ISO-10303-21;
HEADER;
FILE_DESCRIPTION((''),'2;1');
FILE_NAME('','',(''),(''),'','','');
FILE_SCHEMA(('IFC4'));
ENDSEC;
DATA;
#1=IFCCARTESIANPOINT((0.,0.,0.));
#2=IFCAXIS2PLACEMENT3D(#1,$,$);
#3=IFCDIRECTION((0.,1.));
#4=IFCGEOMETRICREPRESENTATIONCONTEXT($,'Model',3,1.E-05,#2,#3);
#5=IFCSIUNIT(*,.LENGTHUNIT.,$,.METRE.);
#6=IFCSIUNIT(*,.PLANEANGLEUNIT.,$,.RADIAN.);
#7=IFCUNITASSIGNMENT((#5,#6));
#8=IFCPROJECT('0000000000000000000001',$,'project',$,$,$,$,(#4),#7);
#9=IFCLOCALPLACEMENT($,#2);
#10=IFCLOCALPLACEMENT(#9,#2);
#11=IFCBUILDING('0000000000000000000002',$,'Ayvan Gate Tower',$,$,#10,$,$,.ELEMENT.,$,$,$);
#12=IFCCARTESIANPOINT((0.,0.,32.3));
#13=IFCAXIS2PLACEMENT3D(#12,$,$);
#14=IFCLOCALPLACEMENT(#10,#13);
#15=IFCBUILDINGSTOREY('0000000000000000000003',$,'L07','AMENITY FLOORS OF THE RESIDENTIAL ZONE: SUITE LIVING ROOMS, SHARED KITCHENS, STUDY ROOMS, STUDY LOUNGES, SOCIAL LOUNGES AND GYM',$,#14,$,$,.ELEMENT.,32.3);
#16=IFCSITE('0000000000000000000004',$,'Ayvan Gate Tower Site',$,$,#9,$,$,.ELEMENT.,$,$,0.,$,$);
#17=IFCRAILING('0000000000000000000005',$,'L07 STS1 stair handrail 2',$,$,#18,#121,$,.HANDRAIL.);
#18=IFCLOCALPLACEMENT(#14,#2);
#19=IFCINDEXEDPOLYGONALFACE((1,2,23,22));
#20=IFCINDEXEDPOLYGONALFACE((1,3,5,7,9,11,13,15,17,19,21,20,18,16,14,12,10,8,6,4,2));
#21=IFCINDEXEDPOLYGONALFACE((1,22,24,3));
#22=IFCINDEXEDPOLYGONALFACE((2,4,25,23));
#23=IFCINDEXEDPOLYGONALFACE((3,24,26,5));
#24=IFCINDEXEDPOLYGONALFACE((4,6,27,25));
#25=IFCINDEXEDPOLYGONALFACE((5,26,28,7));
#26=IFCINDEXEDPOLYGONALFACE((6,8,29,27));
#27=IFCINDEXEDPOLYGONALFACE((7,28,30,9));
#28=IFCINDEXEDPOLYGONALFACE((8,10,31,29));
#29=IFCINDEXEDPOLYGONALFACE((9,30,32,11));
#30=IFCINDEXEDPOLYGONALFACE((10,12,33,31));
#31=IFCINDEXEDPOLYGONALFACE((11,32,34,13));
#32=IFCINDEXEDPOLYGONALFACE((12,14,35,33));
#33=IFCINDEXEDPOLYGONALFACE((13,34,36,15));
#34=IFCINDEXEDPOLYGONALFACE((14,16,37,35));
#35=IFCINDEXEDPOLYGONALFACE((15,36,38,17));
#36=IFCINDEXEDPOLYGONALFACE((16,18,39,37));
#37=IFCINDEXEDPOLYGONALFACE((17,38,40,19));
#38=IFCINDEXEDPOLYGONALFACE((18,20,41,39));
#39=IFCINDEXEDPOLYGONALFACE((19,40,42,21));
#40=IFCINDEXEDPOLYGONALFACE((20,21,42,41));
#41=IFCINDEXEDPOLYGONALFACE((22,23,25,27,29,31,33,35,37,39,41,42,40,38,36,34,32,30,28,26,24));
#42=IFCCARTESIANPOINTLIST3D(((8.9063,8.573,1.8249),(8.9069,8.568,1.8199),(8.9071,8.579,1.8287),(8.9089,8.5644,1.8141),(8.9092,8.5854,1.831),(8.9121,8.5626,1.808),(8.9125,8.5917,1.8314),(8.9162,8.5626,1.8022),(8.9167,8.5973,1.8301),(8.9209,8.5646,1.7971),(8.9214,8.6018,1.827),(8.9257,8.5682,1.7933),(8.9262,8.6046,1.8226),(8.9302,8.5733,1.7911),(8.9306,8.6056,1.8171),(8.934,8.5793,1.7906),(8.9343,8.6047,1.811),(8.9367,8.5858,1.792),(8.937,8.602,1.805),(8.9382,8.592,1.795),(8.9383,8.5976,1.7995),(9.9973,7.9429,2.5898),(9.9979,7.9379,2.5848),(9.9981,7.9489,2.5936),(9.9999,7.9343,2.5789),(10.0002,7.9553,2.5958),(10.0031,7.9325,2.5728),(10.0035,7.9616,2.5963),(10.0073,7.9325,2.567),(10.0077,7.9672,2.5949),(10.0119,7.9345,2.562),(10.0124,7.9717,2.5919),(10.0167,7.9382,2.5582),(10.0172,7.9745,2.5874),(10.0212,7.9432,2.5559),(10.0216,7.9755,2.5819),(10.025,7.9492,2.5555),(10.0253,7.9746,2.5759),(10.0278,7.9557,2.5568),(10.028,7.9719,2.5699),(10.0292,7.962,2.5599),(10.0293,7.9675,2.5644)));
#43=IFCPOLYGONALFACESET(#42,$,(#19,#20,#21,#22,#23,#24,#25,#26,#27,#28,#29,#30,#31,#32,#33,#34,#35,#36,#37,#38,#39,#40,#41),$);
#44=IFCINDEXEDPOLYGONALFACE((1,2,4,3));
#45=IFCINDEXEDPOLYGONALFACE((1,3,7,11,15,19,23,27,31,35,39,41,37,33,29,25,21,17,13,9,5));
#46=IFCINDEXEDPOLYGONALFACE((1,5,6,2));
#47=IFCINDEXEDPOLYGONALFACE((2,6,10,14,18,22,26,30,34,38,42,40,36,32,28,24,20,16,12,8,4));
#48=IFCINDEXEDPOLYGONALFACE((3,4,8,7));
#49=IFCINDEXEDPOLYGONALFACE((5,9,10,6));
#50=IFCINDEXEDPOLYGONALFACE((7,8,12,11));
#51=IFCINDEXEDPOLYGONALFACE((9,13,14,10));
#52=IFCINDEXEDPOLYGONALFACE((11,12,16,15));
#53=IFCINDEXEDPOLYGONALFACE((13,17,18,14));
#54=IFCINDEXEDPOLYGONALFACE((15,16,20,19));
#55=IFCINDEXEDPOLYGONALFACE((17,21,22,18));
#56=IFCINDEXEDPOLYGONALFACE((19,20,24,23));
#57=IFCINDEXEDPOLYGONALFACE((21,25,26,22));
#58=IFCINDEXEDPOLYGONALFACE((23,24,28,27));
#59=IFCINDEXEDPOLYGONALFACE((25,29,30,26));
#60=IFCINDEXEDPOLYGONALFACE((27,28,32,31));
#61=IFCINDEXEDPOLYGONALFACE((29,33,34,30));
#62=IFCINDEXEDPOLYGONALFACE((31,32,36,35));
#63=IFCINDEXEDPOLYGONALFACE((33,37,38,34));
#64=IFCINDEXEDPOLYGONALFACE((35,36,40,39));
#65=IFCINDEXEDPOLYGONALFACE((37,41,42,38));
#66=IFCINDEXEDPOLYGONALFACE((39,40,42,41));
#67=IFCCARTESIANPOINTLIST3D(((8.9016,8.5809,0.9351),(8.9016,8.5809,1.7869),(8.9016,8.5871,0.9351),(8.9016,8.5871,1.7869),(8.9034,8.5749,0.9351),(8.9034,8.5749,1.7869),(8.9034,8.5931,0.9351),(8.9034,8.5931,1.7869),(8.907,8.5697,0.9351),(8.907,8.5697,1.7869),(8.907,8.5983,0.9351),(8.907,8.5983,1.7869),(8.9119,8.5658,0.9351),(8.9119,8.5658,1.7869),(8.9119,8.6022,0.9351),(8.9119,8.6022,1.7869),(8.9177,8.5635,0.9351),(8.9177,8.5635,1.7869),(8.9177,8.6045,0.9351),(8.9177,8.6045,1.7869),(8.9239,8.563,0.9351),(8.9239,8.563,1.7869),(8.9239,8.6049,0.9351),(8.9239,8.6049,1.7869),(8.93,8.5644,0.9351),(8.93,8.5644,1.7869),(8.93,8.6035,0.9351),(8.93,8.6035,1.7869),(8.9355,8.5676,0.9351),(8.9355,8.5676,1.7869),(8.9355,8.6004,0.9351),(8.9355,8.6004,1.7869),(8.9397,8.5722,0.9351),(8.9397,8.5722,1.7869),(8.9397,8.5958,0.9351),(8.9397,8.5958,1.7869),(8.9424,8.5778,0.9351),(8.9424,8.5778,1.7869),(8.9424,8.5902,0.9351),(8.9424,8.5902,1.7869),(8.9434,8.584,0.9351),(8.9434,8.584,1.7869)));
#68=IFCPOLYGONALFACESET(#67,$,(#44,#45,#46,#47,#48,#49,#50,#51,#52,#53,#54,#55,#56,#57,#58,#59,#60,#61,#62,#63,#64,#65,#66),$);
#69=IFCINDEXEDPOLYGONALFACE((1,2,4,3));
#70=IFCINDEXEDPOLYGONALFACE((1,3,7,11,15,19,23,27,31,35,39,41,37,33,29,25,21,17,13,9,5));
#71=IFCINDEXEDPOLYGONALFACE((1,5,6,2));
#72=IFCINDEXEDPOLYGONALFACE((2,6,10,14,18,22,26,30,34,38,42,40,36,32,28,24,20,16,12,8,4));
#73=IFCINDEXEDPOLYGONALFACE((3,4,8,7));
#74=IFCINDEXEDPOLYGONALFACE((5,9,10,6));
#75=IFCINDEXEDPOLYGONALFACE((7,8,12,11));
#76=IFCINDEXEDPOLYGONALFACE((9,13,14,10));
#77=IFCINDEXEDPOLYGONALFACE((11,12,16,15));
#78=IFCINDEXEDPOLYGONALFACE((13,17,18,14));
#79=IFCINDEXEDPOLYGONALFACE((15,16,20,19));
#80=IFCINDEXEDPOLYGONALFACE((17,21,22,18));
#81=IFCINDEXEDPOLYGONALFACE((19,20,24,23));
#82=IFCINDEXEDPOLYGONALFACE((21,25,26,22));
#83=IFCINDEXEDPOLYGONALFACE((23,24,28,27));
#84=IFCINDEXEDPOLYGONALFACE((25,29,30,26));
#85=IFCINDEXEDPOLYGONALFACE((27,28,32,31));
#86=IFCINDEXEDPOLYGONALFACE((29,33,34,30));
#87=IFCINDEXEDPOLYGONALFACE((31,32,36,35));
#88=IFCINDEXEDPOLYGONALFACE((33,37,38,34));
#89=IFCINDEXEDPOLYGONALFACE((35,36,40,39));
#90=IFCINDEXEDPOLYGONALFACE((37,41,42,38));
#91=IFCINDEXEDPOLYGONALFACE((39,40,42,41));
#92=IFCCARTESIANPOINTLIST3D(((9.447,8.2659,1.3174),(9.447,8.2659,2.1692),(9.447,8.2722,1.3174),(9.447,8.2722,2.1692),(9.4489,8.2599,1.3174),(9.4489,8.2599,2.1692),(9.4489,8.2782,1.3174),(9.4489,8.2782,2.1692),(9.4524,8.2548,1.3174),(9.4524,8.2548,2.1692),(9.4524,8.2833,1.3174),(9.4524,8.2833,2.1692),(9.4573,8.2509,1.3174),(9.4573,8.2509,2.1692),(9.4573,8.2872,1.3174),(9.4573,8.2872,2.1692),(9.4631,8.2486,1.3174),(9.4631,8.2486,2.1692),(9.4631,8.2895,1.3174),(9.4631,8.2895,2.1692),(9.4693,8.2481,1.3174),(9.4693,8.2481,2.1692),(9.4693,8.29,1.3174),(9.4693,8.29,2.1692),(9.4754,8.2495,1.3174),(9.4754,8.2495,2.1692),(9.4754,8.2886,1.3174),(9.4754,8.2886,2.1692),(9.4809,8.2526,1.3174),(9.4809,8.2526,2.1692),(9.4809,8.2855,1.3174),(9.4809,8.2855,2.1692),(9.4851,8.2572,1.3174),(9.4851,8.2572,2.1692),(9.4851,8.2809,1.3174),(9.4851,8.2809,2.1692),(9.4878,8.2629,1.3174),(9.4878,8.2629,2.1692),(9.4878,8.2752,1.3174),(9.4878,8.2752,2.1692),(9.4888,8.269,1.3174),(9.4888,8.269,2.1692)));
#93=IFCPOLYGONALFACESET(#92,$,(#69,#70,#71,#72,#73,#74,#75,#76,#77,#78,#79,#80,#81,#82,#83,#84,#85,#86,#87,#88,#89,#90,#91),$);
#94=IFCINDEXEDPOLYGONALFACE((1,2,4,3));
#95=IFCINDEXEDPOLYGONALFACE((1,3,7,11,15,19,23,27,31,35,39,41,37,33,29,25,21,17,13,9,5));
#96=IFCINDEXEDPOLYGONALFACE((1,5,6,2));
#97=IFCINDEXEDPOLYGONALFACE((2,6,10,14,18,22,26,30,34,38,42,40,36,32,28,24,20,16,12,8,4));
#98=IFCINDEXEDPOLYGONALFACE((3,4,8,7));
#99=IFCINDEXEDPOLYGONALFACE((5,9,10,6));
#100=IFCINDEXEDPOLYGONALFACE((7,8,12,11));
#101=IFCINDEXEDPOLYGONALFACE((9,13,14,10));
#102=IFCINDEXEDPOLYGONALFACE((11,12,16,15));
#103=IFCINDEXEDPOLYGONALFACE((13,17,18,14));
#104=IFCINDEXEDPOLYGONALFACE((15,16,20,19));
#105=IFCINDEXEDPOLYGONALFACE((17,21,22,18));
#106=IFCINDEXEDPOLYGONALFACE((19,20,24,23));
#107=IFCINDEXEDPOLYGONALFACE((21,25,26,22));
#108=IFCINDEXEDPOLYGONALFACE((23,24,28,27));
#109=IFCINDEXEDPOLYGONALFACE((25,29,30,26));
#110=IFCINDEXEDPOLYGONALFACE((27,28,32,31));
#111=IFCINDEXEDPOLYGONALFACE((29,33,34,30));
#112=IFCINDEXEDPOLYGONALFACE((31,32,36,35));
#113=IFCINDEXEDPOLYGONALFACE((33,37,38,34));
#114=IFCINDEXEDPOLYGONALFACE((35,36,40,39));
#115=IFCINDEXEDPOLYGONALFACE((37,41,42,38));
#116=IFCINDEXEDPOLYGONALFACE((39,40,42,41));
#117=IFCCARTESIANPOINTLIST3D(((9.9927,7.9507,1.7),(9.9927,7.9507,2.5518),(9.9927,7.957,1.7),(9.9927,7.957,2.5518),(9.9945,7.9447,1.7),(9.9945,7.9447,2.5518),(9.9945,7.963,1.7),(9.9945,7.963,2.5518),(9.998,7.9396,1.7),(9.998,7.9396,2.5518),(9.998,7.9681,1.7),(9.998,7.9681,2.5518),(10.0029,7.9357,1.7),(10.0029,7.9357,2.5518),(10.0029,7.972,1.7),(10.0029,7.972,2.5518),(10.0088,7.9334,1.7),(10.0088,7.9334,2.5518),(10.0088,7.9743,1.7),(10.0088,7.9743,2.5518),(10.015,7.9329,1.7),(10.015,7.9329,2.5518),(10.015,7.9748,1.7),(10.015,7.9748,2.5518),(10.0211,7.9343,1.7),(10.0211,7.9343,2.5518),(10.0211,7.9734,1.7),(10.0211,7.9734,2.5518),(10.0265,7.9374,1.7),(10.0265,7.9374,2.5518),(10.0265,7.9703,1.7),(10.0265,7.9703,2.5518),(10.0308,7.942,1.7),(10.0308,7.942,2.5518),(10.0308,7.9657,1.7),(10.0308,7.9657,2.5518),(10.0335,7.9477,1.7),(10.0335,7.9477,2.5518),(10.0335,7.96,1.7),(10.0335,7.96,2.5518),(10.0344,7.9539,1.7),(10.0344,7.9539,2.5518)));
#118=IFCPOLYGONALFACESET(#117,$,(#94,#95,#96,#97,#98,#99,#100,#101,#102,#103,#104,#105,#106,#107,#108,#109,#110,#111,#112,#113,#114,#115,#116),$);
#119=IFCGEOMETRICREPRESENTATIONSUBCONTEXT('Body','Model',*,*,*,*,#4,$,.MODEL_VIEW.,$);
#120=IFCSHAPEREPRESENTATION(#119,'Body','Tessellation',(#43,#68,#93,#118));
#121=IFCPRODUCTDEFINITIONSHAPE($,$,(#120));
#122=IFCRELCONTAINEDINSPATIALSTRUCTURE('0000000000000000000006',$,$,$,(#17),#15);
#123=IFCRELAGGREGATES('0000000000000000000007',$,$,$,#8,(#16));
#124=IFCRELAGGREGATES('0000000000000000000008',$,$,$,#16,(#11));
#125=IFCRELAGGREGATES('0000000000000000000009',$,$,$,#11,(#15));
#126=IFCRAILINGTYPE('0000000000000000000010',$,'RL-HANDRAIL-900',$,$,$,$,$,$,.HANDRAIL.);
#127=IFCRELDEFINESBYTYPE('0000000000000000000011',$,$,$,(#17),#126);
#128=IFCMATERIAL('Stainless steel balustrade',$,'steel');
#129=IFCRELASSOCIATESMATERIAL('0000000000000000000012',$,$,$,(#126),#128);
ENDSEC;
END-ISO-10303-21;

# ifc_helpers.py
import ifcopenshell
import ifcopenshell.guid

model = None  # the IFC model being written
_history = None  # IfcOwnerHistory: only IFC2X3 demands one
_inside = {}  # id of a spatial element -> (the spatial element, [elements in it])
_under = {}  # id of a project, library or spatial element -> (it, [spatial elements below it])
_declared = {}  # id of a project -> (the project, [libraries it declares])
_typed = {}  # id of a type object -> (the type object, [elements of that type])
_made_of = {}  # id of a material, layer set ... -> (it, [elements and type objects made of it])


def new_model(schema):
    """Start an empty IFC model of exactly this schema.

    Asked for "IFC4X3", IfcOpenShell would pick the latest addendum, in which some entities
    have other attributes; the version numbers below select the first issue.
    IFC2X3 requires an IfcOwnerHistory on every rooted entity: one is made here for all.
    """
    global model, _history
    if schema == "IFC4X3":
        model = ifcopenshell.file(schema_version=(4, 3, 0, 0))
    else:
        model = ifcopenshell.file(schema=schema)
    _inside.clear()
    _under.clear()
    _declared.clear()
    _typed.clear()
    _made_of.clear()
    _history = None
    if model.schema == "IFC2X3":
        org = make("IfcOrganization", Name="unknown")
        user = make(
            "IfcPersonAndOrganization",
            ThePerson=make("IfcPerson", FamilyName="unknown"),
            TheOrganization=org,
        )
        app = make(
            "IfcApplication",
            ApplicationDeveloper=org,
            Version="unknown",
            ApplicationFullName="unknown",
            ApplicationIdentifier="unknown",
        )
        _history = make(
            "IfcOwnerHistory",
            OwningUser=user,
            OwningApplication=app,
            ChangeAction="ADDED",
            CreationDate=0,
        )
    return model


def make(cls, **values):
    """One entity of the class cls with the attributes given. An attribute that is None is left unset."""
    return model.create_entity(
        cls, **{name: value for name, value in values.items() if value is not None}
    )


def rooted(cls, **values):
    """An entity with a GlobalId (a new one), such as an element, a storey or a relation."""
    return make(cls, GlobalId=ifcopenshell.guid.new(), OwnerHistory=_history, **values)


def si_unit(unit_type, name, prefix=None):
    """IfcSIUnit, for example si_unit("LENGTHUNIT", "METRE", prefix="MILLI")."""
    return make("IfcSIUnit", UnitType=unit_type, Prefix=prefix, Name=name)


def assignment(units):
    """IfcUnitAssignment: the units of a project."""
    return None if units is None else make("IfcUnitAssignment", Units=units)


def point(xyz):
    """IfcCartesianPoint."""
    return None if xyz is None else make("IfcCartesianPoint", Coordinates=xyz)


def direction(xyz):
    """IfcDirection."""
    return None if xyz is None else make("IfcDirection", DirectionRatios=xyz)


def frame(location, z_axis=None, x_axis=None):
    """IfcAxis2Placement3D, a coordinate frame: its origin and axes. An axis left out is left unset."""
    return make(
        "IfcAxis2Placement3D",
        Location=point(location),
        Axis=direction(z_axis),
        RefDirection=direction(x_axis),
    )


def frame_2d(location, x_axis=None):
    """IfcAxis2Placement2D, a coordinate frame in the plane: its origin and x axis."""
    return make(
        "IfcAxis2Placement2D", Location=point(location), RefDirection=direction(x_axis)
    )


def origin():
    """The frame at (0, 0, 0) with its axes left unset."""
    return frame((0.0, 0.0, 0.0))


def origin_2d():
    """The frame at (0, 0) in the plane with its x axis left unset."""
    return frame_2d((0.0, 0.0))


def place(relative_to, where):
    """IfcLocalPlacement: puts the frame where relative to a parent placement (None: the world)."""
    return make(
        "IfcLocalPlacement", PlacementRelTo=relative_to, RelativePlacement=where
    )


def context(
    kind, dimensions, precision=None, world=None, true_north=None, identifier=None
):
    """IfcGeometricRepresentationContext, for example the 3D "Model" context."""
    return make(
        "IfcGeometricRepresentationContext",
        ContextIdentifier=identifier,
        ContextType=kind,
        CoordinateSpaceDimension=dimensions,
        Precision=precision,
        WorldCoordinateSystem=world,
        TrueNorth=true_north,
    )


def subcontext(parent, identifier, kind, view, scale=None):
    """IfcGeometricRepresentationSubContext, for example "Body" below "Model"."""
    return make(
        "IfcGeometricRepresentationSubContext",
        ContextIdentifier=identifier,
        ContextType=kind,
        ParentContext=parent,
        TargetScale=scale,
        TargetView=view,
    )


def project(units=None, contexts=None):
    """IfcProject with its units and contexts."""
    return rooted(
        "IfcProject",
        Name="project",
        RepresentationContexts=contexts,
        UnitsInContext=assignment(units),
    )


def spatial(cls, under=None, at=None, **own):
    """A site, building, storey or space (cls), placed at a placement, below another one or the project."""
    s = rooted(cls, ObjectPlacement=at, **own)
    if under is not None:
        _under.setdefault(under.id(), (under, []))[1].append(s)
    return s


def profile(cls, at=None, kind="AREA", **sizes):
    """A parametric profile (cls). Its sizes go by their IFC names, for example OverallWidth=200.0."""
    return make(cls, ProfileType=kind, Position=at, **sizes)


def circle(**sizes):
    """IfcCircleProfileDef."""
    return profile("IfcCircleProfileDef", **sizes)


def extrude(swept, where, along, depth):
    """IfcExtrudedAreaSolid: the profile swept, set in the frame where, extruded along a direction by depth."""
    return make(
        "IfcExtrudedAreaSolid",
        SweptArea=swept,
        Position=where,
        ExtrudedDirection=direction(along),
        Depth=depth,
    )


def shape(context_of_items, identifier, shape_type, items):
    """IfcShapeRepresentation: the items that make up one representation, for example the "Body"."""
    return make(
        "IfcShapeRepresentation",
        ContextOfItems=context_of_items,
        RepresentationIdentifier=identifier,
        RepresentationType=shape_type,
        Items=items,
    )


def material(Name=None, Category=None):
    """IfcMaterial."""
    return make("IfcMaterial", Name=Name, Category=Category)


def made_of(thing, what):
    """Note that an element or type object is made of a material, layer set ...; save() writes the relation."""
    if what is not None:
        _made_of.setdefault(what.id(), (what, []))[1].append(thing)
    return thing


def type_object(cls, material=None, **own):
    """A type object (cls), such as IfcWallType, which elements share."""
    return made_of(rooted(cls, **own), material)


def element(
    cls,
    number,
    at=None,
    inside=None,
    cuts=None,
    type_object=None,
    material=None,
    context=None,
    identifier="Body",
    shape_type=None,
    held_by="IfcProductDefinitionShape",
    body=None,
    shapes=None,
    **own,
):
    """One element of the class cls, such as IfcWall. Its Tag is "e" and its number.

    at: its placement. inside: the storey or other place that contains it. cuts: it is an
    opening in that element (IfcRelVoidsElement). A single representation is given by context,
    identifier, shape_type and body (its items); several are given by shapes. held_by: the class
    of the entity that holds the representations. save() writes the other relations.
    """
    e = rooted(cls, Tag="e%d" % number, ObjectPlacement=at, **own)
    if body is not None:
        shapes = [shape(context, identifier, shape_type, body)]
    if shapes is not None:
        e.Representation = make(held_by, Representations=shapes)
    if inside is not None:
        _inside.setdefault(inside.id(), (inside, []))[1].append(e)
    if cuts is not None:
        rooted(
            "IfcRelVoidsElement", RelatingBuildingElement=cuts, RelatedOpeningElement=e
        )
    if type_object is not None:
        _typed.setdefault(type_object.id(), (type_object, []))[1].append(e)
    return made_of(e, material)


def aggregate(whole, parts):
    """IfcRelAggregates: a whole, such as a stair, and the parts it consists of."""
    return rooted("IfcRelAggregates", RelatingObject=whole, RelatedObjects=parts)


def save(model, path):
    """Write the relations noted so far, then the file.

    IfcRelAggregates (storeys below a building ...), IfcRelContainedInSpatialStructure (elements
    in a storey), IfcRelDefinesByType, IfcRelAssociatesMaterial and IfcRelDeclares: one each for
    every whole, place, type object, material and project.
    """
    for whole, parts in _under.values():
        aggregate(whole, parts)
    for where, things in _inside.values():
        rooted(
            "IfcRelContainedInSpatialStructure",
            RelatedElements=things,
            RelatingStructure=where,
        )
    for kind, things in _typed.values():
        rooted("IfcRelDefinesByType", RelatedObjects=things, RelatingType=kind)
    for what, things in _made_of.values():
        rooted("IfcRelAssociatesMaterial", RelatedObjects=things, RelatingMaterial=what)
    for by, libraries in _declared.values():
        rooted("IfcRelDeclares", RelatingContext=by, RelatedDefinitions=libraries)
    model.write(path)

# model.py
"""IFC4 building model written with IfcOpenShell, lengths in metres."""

from ifc_helpers import new_model, si_unit, direction, frame, origin, origin_2d, place, context, subcontext, project, spatial, circle, extrude, material, type_object, element, save


model = new_model("IFC4")

# Units and contexts
model_context = context("Model", 3, precision=1e-05, world=origin(), true_north=direction((0.0, 1.0)))
body_context = subcontext(model_context, "Body", "Model", "MODEL_VIEW")
ifc_project = project(units=[si_unit("LENGTHUNIT", "METRE"), si_unit("PLANEANGLEUNIT", "RADIAN")], contexts=[model_context])

# Site, building, storey
site_placement = place(None, origin())
site = spatial("IfcSite", under=ifc_project, at=site_placement, Name="Ayvan Gate Tower Site", CompositionType="ELEMENT", RefElevation=0.0)
building_placement = place(site_placement, origin())
building = spatial("IfcBuilding", under=site, at=building_placement, Name="Ayvan Gate Tower", CompositionType="ELEMENT")
storey_placement = place(building_placement, frame((0.0, 0.0, 32.3)))
storey = spatial("IfcBuildingStorey", under=building, at=storey_placement, Name="L07", Description="AMENITY FLOORS OF THE RESIDENTIAL ZONE: SUITE LIVING ROOMS, SHARED KITCHENS, STUDY ROOMS, STUDY LOUNGES, SOCIAL LOUNGES AND GYM", CompositionType="ELEMENT", Elevation=32.3)

# Railing
ifc_material_1 = material(Name="Stainless steel balustrade", Category="steel")
railing_type_1 = type_object("IfcRailingType", Name="RL-HANDRAIL-900", PredefinedType="HANDRAIL", material=ifc_material_1)
railing_1_placement = place(storey_placement, frame((8.9224, 8.584, 0.9351)))
element("IfcRailing", 1, at=railing_1_placement, inside=storey, type_object=railing_type_1, Name="L07 STS1 stair handrail 2", PredefinedType="HANDRAIL", context=body_context, shape_type="SweptSolid", body=[
    extrude(circle(Radius=0.0239, at=origin_2d()), frame((0.0, 0.0, 0.876), z_axis=(0.740229, -0.427508, 0.518939), x_axis=(0.500119, 0.865956, 0.0)), (0.0, 0.0, 1.0), 1.4739),
    extrude(circle(Radius=0.021, at=origin_2d()), origin(), (0.0, 0.0, 1.0), 0.8518),
    extrude(circle(Radius=0.021, at=origin_2d()), frame((0.5454, -0.3149, 0.3823)), (0.0, 0.0, 1.0), 0.8518),
    extrude(circle(Radius=0.021, at=origin_2d()), frame((1.0911, -0.6301, 0.7649)), (0.0, 0.0, 1.0), 0.8518),
])

save(model, "model.ifc")
